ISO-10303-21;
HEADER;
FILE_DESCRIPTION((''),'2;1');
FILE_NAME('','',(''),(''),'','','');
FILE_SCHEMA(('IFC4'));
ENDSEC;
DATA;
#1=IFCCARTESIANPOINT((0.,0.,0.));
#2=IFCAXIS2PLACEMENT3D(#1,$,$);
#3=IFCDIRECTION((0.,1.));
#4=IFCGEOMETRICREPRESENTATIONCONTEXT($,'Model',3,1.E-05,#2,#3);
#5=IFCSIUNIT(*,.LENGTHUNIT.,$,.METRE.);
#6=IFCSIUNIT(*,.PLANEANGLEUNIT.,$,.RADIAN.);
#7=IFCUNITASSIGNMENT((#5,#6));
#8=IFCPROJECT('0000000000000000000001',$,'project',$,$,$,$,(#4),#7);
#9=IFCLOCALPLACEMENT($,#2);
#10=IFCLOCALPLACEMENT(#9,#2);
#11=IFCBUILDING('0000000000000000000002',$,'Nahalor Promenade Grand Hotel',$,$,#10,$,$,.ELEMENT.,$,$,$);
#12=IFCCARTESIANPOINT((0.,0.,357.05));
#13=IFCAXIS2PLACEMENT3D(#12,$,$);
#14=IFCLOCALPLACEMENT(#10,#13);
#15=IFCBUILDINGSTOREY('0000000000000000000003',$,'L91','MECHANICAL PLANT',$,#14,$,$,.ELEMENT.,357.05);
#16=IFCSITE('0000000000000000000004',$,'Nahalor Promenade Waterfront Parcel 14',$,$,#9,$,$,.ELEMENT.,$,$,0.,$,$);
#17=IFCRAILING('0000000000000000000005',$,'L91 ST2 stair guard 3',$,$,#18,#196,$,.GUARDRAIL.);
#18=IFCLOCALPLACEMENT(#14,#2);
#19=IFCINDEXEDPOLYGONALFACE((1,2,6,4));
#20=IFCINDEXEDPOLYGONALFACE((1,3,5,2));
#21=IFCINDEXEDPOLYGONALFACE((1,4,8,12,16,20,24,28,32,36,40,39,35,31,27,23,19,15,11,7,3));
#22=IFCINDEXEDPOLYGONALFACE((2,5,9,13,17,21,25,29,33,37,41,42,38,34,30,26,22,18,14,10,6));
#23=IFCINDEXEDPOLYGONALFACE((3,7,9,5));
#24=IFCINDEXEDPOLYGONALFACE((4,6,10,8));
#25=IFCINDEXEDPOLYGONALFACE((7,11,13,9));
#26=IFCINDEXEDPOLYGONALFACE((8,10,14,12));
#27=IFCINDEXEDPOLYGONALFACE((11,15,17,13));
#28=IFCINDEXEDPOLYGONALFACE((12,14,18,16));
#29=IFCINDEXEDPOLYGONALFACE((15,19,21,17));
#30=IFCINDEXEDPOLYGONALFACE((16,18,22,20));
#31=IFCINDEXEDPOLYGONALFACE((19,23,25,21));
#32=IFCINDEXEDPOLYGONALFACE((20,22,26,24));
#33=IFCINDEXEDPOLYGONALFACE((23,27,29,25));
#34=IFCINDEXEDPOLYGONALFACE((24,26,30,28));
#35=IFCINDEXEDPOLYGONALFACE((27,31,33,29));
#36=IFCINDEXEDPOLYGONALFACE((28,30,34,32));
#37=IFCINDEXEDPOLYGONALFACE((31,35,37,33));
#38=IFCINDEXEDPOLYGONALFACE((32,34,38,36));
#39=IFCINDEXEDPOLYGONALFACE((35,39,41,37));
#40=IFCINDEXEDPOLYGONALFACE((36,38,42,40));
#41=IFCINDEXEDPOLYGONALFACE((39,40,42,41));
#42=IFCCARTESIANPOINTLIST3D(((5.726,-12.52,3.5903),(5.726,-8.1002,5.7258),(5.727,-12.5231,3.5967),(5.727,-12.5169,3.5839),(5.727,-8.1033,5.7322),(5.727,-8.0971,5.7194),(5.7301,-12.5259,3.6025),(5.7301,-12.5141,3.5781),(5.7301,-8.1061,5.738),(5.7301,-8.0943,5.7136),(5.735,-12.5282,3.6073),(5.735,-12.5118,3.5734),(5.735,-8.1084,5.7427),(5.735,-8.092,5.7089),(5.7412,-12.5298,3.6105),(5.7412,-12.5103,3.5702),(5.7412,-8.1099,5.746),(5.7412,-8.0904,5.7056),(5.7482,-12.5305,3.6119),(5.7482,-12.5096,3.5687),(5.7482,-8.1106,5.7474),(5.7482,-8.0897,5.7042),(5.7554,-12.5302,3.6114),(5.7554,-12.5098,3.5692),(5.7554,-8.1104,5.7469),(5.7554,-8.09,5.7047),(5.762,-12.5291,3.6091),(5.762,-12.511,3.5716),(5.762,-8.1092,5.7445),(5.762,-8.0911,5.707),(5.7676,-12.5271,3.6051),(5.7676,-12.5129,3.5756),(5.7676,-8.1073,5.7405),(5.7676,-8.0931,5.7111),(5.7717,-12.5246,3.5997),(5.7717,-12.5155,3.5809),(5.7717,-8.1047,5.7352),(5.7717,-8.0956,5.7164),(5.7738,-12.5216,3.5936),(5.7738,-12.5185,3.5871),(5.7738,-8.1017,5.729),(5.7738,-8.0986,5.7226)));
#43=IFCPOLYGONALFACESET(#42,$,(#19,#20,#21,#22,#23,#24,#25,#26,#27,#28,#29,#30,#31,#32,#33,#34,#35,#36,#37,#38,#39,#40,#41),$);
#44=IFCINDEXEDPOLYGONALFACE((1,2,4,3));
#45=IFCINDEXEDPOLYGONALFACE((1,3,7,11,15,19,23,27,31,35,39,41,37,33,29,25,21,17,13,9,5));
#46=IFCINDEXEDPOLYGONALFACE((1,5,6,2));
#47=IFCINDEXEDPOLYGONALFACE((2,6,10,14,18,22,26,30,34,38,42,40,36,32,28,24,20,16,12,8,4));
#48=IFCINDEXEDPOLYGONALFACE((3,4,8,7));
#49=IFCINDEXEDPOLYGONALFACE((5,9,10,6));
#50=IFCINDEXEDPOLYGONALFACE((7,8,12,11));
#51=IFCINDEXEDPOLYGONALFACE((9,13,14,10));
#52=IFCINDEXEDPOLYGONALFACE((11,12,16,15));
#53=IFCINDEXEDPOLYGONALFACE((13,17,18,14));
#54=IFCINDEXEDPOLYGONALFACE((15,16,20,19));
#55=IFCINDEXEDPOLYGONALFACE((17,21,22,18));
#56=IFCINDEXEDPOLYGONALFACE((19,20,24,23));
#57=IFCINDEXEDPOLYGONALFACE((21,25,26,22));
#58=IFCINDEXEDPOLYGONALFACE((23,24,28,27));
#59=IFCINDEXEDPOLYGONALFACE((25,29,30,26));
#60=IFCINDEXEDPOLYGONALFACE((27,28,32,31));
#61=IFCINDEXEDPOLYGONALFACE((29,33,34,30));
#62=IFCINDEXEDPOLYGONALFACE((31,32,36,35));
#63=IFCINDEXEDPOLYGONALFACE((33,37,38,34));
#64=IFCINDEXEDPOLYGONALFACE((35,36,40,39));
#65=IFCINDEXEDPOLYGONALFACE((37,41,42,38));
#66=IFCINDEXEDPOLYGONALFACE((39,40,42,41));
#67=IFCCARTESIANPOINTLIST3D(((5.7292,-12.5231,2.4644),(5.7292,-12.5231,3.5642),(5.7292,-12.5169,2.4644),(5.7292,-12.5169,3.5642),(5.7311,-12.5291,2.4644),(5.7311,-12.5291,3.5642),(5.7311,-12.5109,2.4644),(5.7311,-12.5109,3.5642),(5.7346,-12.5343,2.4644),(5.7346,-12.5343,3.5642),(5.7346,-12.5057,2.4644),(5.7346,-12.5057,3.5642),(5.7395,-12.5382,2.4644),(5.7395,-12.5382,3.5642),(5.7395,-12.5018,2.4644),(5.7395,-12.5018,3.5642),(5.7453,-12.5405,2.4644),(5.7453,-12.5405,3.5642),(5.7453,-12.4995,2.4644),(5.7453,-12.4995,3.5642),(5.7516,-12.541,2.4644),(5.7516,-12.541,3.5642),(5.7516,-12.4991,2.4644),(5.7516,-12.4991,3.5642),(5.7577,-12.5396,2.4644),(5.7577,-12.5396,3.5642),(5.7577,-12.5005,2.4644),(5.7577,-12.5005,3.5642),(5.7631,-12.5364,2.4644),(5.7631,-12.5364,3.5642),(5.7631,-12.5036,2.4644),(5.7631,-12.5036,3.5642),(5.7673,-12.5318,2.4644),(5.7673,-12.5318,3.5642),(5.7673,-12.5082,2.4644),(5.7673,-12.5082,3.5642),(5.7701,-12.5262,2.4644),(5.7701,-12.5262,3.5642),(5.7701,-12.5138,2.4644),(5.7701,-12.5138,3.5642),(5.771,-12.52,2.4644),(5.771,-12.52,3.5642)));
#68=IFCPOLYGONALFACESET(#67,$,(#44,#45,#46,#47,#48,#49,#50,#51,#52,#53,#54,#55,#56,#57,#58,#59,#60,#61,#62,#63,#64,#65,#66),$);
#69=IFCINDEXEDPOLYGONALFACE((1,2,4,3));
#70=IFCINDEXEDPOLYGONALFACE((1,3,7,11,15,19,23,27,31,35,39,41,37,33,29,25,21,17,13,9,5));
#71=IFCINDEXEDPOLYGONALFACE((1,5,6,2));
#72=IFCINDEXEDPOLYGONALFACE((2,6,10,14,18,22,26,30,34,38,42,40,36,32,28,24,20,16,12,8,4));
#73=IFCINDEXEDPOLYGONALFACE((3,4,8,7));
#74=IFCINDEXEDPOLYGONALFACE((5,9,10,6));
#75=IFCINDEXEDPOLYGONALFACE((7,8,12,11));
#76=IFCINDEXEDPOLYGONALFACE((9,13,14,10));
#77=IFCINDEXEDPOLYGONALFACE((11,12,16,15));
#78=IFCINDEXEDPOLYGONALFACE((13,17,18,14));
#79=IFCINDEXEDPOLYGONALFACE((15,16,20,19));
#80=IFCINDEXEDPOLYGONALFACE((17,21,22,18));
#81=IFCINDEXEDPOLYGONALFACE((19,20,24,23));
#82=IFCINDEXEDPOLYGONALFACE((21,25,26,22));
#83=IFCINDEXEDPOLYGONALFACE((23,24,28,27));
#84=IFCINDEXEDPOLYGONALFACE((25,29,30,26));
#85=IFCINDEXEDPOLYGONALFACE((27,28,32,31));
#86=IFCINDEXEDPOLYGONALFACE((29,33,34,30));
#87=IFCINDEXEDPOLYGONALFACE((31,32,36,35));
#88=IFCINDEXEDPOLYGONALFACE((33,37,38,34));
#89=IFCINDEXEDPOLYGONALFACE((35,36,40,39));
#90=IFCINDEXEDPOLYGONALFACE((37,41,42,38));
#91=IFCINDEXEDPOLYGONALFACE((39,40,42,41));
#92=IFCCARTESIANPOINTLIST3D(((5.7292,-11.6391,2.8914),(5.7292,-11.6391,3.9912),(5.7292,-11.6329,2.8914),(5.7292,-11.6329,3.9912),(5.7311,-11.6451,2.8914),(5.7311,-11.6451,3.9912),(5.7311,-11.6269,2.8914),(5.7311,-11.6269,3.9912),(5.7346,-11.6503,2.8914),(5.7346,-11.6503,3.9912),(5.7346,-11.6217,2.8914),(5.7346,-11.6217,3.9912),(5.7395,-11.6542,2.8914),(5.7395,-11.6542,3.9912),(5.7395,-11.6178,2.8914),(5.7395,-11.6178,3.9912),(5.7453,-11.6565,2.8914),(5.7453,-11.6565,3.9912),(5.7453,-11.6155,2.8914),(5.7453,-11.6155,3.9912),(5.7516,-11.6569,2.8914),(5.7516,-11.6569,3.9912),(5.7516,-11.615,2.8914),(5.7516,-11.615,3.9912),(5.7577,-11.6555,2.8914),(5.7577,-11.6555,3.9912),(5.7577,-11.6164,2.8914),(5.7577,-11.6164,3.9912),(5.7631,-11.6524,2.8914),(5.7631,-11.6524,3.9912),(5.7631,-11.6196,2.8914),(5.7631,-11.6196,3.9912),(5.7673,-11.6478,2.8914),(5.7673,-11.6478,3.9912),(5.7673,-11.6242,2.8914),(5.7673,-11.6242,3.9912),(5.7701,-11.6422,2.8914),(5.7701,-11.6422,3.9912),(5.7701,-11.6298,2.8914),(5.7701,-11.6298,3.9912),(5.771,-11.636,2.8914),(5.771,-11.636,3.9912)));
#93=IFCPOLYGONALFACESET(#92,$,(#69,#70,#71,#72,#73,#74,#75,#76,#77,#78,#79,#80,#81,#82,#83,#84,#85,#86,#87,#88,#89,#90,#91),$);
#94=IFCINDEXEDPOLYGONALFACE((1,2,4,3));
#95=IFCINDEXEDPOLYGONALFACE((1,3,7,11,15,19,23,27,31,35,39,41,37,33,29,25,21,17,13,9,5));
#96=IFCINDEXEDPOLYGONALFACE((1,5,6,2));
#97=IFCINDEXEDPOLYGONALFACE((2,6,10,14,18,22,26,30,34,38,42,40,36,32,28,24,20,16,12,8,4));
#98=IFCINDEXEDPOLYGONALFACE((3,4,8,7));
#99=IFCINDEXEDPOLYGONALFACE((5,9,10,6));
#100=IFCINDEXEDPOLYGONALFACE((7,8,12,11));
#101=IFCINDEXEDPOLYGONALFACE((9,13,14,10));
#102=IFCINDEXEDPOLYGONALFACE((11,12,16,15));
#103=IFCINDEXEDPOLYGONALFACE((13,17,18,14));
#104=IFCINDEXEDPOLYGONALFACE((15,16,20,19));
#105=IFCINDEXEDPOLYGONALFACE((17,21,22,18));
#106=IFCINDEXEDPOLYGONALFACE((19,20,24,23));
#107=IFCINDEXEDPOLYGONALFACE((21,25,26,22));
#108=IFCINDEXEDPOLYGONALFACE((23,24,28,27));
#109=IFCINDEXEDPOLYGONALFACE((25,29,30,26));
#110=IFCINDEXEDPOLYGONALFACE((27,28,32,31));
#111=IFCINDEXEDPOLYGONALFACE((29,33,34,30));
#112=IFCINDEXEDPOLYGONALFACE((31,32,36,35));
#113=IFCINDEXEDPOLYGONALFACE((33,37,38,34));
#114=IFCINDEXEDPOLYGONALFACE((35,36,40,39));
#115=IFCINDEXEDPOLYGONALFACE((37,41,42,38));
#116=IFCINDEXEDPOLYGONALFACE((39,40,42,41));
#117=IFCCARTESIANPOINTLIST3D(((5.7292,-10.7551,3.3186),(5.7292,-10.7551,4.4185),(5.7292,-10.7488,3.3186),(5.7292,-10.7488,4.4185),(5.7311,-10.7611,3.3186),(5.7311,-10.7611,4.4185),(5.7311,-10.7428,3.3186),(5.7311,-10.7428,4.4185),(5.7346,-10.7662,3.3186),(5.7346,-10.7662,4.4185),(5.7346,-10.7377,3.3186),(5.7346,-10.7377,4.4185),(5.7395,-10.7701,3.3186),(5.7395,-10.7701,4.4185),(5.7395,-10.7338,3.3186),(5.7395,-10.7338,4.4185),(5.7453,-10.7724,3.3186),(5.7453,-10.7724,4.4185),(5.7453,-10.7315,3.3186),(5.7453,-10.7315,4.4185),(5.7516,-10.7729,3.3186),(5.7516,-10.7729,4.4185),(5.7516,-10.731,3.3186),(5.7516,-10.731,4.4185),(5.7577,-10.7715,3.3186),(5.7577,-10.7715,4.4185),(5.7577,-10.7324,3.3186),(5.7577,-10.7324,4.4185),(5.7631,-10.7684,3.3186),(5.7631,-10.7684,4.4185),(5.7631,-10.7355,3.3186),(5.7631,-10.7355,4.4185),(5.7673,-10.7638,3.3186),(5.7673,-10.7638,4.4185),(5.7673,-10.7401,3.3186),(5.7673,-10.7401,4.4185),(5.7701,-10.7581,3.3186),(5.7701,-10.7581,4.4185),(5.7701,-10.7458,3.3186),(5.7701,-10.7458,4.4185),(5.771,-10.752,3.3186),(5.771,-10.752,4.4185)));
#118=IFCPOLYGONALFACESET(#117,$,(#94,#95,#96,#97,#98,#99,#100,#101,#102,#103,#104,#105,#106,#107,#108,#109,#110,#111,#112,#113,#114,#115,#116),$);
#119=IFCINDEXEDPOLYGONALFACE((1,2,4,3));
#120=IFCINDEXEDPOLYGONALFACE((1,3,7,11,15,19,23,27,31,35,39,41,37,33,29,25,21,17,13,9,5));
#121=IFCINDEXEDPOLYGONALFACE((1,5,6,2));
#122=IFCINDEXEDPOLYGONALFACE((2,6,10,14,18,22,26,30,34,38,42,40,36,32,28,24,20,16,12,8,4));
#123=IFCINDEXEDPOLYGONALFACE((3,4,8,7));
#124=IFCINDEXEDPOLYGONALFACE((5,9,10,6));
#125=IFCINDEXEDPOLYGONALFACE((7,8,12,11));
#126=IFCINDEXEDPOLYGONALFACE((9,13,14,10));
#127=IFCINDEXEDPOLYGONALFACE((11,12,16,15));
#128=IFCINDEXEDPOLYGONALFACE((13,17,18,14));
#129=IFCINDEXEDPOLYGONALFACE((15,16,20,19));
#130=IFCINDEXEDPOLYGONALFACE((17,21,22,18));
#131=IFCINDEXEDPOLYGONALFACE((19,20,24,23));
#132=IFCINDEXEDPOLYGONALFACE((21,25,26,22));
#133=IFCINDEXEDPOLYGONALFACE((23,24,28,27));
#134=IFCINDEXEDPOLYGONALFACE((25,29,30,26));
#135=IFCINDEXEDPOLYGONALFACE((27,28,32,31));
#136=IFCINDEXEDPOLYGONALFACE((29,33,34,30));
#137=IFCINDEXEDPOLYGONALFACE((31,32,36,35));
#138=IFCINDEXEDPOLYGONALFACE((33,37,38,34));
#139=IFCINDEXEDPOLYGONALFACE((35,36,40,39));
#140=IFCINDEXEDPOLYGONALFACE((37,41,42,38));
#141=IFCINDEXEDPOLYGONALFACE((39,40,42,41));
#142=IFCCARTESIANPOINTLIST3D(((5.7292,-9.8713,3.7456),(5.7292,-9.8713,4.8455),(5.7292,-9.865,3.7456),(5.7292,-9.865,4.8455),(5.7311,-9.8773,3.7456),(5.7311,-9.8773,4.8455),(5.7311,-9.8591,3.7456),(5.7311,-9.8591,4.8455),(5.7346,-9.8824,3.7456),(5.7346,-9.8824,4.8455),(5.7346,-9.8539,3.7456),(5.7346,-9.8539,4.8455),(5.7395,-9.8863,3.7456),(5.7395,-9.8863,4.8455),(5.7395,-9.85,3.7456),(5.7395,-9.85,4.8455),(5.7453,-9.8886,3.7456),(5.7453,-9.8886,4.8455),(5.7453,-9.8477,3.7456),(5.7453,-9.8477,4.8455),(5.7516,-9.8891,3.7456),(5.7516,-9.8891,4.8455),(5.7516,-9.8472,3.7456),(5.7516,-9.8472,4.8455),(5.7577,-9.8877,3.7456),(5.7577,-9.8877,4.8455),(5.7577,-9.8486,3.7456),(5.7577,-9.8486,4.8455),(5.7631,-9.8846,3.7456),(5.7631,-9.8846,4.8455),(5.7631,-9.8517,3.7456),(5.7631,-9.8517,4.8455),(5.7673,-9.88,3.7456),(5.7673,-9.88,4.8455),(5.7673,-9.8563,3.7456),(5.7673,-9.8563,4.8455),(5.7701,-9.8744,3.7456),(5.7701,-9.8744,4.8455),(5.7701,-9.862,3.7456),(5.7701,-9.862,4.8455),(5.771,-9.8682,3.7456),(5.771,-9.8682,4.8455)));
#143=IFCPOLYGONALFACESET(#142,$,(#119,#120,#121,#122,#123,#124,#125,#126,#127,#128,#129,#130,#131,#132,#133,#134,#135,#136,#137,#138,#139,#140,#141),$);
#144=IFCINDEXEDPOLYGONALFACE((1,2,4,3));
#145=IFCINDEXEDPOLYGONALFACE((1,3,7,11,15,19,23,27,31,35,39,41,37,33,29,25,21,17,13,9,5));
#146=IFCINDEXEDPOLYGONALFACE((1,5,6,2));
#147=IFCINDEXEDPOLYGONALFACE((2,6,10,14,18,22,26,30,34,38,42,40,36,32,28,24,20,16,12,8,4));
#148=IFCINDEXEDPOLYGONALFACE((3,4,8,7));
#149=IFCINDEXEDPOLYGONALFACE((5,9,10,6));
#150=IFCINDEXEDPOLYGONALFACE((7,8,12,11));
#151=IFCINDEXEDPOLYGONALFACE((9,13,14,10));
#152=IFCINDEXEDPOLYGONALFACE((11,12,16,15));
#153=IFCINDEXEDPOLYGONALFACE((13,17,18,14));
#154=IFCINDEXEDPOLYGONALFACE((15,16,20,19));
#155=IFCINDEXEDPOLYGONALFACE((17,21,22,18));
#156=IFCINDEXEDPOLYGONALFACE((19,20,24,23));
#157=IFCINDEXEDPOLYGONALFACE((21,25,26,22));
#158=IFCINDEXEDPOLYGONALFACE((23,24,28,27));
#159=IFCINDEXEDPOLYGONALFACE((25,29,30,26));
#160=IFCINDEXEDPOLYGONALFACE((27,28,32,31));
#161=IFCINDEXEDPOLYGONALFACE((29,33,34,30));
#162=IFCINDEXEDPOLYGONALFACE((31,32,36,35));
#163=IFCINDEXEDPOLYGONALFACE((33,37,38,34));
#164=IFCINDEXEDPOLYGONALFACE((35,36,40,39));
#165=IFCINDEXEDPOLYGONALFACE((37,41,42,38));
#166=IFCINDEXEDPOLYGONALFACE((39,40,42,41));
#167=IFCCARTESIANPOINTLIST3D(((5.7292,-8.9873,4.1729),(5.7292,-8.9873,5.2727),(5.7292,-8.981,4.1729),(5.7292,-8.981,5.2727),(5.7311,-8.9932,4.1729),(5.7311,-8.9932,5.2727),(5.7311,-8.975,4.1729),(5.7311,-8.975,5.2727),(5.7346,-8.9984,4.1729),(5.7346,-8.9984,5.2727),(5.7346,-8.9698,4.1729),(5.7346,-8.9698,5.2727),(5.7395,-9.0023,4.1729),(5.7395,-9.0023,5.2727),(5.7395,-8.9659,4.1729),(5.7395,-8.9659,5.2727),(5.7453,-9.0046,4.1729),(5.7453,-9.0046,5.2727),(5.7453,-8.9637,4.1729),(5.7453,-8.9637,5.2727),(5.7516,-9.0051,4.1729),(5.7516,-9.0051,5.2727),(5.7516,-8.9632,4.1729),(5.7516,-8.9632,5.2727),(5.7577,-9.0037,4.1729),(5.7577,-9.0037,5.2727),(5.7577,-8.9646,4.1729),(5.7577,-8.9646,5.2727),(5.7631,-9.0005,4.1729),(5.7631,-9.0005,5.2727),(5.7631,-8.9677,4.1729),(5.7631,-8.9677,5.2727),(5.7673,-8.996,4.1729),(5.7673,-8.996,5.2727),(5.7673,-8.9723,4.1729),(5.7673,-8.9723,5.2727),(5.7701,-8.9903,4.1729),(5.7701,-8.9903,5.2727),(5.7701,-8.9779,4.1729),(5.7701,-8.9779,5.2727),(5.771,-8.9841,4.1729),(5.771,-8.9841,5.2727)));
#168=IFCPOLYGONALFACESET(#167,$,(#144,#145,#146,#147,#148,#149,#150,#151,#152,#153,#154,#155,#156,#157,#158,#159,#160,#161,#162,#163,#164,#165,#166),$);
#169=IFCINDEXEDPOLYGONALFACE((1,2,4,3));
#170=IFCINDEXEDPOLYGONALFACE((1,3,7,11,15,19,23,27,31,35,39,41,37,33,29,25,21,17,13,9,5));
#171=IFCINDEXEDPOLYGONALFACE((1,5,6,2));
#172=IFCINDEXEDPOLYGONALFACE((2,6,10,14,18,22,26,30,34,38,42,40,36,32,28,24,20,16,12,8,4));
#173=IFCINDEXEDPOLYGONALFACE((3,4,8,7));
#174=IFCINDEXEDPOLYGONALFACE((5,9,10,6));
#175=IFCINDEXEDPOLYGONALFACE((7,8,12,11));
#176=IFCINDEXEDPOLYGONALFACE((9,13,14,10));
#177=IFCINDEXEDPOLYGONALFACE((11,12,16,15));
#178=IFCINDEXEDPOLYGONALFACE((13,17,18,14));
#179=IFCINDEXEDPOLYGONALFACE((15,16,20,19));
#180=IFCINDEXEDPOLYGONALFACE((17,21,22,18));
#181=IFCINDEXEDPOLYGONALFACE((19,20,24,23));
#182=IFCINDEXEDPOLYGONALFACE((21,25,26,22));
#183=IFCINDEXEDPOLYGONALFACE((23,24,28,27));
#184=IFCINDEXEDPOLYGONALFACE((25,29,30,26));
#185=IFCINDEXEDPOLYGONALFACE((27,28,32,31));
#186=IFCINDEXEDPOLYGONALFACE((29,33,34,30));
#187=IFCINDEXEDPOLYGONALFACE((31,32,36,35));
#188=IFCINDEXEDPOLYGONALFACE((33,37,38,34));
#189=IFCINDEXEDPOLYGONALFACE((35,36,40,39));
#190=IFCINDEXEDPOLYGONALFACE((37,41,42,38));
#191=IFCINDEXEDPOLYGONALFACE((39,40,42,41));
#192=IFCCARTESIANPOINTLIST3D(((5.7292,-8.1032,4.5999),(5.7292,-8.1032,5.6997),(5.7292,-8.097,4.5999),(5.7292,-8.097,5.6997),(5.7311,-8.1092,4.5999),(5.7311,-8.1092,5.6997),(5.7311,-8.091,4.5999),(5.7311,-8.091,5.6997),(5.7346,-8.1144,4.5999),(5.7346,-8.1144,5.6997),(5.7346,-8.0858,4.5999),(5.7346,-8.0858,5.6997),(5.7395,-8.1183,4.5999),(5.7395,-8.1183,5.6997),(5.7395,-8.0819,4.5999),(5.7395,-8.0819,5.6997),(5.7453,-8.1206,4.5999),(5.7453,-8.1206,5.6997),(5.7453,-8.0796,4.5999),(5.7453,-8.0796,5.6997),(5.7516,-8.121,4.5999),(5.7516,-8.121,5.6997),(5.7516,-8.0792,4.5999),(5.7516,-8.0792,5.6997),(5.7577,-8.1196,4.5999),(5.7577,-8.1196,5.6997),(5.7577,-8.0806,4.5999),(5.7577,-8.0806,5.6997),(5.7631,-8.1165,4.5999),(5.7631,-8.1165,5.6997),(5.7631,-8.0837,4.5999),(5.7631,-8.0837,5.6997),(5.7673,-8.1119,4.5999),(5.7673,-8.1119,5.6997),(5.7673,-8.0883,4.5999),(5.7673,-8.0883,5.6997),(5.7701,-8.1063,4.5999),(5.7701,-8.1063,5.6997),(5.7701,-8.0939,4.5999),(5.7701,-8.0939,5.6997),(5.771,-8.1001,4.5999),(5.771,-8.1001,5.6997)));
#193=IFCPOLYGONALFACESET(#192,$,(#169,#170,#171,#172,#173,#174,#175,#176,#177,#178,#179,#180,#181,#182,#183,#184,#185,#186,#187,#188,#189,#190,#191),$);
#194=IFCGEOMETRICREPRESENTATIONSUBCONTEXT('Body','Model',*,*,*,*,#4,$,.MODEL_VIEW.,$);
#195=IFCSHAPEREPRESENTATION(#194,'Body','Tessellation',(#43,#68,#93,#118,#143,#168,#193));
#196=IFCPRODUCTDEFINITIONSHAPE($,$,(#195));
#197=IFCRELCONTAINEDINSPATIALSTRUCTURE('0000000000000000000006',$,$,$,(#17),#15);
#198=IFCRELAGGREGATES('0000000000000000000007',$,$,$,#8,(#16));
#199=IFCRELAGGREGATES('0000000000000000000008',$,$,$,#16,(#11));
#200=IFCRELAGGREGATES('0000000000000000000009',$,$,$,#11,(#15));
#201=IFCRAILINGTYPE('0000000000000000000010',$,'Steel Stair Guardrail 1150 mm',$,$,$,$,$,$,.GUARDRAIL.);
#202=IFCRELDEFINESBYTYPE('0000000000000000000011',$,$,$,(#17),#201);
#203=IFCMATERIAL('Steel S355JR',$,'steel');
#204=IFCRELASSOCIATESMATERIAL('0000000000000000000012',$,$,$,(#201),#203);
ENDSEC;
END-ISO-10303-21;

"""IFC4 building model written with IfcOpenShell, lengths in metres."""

from ifc_helpers import new_model, si_unit, direction, frame, origin, origin_2d, place, context, subcontext, project, spatial, circle, extrude, material, type_object, element, save


model = new_model("IFC4")

# Units and contexts
model_context = context("Model", 3, precision=1e-05, world=origin(), true_north=direction((0.0, 1.0)))
body_context = subcontext(model_context, "Body", "Model", "MODEL_VIEW")
ifc_project = project(units=[si_unit("LENGTHUNIT", "METRE"), si_unit("PLANEANGLEUNIT", "RADIAN")], contexts=[model_context])

# Site, building, storey
site_placement = place(None, origin())
site = spatial("IfcSite", under=ifc_project, at=site_placement, Name="Nahalor Promenade Waterfront Parcel 14", CompositionType="ELEMENT", RefElevation=0.0)
building_placement = place(site_placement, origin())
building = spatial("IfcBuilding", under=site, at=building_placement, Name="Nahalor Promenade Grand Hotel", CompositionType="ELEMENT")
storey_placement = place(building_placement, frame((0.0, 0.0, 357.05)))
storey = spatial("IfcBuildingStorey", under=building, at=storey_placement, Name="L91", Description="MECHANICAL PLANT", CompositionType="ELEMENT", Elevation=357.05)

# Shared definitions
ifc_material_1 = material(Name="Steel S355JR", Category="steel")

# Railing
railing_type_1 = type_object("IfcRailingType", Name="Steel Stair Guardrail 1150 mm", PredefinedType="GUARDRAIL", material=ifc_material_1)
railing_1_placement = place(storey_placement, frame((5.75, -12.52, 2.4644)))
element("IfcRailing", 1, at=railing_1_placement, inside=storey, type_object=railing_type_1, Name="L91 ST2 stair guard 3", PredefinedType="GUARDRAIL", context=body_context, shape_type="SweptSolid", body=[
    extrude(circle(Radius=0.024, at=origin_2d()), frame((0.0, 0.0, 1.126), z_axis=(0.0, 0.900413, 0.435037), x_axis=(-1.0, 0.0, 0.0)), (0.0, 0.0, 1.0), 4.9087),
    extrude(circle(Radius=0.021, at=origin_2d()), origin(), (0.0, 0.0, 1.0), 1.0999),
    extrude(circle(Radius=0.021, at=origin_2d()), frame((0.0, 0.884, 0.427)), (0.0, 0.0, 1.0), 1.0999),
    extrude(circle(Radius=0.021, at=origin_2d()), frame((0.0, 1.7681, 0.8542)), (0.0, 0.0, 1.0), 1.0999),
    extrude(circle(Radius=0.021, at=origin_2d()), frame((0.0, 2.6519, 1.2812)), (0.0, 0.0, 1.0), 1.0999),
    extrude(circle(Radius=0.021, at=origin_2d()), frame((0.0, 3.5359, 1.7085)), (0.0, 0.0, 1.0), 1.0999),
    extrude(circle(Radius=0.021, at=origin_2d()), frame((0.0, 4.4199, 2.1355)), (0.0, 0.0, 1.0), 1.0999),
])

save(model, "model.ifc")
